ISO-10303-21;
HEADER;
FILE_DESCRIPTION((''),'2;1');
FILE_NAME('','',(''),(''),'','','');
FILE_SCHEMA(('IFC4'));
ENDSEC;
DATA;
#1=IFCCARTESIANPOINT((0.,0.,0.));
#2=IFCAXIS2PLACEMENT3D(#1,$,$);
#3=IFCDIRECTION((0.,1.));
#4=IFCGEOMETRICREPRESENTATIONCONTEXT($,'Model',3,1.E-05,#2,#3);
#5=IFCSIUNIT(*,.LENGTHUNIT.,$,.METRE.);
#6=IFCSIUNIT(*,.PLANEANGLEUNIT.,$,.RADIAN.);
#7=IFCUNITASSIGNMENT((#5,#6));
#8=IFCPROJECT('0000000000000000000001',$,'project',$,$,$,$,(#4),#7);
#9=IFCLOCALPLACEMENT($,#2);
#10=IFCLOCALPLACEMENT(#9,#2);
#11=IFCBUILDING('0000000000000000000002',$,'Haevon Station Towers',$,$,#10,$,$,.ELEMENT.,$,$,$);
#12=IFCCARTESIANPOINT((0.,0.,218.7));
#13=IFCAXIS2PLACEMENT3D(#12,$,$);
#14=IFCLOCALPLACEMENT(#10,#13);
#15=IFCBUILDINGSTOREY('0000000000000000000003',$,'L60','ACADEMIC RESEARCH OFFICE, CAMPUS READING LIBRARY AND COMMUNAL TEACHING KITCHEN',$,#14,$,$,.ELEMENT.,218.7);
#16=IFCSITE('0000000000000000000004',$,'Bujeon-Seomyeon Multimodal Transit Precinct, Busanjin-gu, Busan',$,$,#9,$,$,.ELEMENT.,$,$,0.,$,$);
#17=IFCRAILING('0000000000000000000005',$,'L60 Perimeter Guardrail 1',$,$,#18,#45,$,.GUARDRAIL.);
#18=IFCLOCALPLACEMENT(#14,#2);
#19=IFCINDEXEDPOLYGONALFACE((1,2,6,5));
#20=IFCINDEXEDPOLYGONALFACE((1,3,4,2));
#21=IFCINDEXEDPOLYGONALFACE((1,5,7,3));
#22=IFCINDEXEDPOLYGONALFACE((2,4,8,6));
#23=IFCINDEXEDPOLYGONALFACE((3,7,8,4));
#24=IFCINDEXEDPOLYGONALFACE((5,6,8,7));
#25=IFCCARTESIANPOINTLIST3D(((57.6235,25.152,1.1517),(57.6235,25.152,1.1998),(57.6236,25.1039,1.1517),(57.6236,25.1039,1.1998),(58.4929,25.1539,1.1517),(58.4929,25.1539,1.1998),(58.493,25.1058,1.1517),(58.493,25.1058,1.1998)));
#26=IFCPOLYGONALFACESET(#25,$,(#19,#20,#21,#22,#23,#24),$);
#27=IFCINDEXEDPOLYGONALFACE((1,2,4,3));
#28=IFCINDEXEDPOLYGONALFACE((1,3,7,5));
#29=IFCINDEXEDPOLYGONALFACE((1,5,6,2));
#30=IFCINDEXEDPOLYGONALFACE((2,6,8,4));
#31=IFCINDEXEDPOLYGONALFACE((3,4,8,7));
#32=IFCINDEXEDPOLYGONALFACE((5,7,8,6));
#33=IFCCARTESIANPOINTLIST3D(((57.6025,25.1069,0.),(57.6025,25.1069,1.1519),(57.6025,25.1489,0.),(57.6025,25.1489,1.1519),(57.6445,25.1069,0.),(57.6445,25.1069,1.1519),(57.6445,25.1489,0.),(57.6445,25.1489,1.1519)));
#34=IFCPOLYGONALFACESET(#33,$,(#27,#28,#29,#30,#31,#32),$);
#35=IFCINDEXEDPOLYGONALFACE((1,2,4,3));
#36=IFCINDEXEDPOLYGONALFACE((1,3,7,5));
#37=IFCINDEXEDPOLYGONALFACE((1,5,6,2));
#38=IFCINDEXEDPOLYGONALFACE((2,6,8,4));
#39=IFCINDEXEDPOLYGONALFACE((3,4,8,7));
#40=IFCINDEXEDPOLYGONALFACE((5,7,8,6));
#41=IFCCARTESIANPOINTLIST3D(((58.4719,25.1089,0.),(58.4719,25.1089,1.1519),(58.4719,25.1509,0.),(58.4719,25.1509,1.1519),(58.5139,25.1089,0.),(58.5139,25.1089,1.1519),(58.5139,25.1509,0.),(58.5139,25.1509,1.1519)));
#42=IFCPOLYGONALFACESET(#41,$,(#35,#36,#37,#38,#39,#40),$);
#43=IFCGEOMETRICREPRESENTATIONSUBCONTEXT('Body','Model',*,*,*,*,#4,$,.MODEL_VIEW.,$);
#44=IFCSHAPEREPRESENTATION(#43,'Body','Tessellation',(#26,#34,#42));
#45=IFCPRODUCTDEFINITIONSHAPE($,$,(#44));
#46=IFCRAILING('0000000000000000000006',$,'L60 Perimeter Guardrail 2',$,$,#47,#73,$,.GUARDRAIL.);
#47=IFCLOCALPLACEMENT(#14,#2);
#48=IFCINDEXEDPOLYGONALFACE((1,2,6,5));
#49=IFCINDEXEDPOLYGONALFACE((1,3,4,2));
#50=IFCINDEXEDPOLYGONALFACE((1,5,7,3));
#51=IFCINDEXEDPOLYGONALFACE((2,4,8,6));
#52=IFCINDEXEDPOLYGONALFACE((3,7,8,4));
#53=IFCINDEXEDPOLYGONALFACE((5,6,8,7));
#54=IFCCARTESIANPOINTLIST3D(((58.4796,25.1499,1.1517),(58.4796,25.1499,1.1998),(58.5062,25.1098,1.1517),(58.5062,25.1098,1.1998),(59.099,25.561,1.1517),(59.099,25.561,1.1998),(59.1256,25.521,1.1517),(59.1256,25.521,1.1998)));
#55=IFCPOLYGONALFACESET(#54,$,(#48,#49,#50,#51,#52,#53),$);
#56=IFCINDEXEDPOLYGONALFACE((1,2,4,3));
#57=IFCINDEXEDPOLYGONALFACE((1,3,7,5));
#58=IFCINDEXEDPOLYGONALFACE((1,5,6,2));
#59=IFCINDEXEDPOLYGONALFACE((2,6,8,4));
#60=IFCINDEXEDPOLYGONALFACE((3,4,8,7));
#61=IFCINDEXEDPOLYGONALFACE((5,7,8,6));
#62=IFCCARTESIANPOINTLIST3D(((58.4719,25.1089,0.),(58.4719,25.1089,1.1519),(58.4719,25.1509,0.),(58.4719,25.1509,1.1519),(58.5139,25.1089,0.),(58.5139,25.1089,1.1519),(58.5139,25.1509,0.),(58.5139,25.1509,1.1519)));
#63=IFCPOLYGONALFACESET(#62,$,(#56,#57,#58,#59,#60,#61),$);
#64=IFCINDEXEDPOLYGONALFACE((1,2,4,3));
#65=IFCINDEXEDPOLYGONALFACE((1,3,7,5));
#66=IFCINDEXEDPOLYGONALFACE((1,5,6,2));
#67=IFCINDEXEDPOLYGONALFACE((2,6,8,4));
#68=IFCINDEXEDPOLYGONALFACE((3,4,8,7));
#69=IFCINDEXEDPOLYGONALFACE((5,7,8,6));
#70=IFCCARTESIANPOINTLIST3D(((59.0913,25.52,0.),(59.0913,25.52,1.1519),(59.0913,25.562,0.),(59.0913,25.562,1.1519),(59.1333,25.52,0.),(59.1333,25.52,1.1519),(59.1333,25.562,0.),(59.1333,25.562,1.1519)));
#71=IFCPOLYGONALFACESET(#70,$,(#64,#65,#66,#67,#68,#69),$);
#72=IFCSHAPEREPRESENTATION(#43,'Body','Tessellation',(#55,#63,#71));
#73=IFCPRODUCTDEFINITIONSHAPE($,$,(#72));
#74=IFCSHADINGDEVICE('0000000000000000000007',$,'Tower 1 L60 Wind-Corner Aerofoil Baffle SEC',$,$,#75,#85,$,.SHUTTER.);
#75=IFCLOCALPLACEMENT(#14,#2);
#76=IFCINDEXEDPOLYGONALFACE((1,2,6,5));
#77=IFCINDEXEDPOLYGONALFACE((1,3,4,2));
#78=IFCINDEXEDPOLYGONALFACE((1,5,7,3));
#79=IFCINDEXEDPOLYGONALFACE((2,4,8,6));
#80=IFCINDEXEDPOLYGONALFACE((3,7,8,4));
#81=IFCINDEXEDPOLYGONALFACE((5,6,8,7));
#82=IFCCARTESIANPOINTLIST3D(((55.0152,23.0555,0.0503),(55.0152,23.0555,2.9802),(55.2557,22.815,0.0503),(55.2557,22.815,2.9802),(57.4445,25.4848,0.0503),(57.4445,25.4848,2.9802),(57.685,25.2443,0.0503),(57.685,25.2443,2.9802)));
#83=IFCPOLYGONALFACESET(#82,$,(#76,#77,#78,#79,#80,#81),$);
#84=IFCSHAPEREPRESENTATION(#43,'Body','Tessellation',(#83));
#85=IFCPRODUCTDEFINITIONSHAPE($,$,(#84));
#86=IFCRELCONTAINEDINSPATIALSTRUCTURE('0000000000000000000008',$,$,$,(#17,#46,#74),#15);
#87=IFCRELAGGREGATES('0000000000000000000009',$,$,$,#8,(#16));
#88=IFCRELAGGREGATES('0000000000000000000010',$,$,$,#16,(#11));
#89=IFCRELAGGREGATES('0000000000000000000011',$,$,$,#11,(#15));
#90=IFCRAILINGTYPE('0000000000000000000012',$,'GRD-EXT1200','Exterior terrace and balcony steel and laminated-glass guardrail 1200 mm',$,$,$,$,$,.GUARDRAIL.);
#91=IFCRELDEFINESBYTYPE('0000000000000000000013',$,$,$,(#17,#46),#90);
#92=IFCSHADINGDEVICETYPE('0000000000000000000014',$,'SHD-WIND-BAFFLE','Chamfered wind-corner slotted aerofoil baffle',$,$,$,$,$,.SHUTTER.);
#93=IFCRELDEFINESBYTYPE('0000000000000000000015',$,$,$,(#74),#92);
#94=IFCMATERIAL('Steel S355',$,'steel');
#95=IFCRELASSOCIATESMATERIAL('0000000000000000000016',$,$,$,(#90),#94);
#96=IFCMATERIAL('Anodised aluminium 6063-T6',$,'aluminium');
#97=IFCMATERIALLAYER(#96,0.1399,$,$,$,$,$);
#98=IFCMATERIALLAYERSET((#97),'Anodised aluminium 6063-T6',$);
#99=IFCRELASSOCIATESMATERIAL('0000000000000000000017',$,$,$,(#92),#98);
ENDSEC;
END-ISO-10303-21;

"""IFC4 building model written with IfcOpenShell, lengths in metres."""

from ifc_helpers import new_model, si_unit, direction, frame, origin, origin_2d, place, context, subcontext, project, spatial, rectangle, extrude, material, layer, layer_set, type_object, element, save


model = new_model("IFC4")

# Units and contexts
model_context = context("Model", 3, precision=1e-05, world=origin(), true_north=direction((0.0, 1.0)))
body_context = subcontext(model_context, "Body", "Model", "MODEL_VIEW")
ifc_project = project(units=[si_unit("LENGTHUNIT", "METRE"), si_unit("PLANEANGLEUNIT", "RADIAN")], contexts=[model_context])

# Site, building, storey
site_placement = place(None, origin())
site = spatial("IfcSite", under=ifc_project, at=site_placement, Name="Bujeon-Seomyeon Multimodal Transit Precinct, Busanjin-gu, Busan", CompositionType="ELEMENT", RefElevation=0.0)
building_placement = place(site_placement, origin())
building = spatial("IfcBuilding", under=site, at=building_placement, Name="Haevon Station Towers", CompositionType="ELEMENT")
storey_placement = place(building_placement, frame((0.0, 0.0, 218.7)))
storey = spatial("IfcBuildingStorey", under=building, at=storey_placement, Name="L60", Description="ACADEMIC RESEARCH OFFICE, CAMPUS READING LIBRARY AND COMMUNAL TEACHING KITCHEN", CompositionType="ELEMENT", Elevation=218.7)

# Shared definitions
ifc_material_1 = material(Name="Steel S355", Category="steel")

# Railings
railing_type = type_object("IfcRailingType", Name="GRD-EXT1200", Description="Exterior terrace and balcony steel and laminated-glass guardrail 1200 mm", PredefinedType="GUARDRAIL", material=ifc_material_1)
railing_1_placement = place(storey_placement, frame((57.6235, 25.1279, 0.0)))
element("IfcRailing", 1, at=railing_1_placement, inside=storey, type_object=railing_type, Name="L60 Perimeter Guardrail 1", PredefinedType="GUARDRAIL", context=body_context, shape_type="SweptSolid", body=[
    extrude(rectangle(XDim=0.0481, YDim=0.0481, at=origin_2d()), frame((0.0, 0.0, 1.1758), z_axis=(0.999997, 0.002247, 0.0), x_axis=(-0.002247, 0.999997, 0.0)), (0.0, 0.0, 1.0), 0.8694),
    extrude(rectangle(XDim=0.042, YDim=0.042, at=origin_2d()), origin(), (0.0, 0.0, 1.0), 1.1519),
    extrude(rectangle(XDim=0.042, YDim=0.042, at=origin_2d()), frame((0.8694, 0.002, 0.0)), (0.0, 0.0, 1.0), 1.1519),
])
railing_2_placement = place(storey_placement, frame((58.4929, 25.1299, 0.0)))
element("IfcRailing", 2, at=railing_2_placement, inside=storey, type_object=railing_type, Name="L60 Perimeter Guardrail 2", PredefinedType="GUARDRAIL", context=body_context, shape_type="SweptSolid", body=[
    extrude(rectangle(XDim=0.0481, YDim=0.0481, at=origin_2d()), frame((0.0, 0.0, 1.1758), z_axis=(0.83316, 0.553032, 0.0), x_axis=(-0.553032, 0.83316, 0.0)), (0.0, 0.0, 1.0), 0.7434),
    extrude(rectangle(XDim=0.042, YDim=0.042, at=origin_2d()), origin(), (0.0, 0.0, 1.0), 1.1519),
    extrude(rectangle(XDim=0.042, YDim=0.042, at=origin_2d()), frame((0.6194, 0.4111, 0.0)), (0.0, 0.0, 1.0), 1.1519),
])

# Shading device
ifc_material_2 = material(Name="Anodised aluminium 6063-T6", Category="aluminium")
ifc_layer_1 = layer(ifc_material_2, 0.1399)
ifc_layer_set_1 = layer_set([ifc_layer_1], Name="Anodised aluminium 6063-T6")
shading_device_type = type_object("IfcShadingDeviceType", Name="SHD-WIND-BAFFLE", Description="Chamfered wind-corner slotted aerofoil baffle", PredefinedType="SHUTTER", material=ifc_layer_set_1)
shading_device_placement = place(storey_placement, frame((56.3501, 24.1499, 0.0503), z_axis=(0.0, 0.0, 1.0), x_axis=(-0.707107, -0.707107, 0.0)))
element("IfcShadingDevice", 3, at=shading_device_placement, inside=storey, type_object=shading_device_type, Name="Tower 1 L60 Wind-Corner Aerofoil Baffle SEC", PredefinedType="SHUTTER", context=body_context, shape_type="SweptSolid", body=[
    extrude(rectangle(XDim=3.4355, YDim=0.3401, at=origin_2d()), origin(), (0.0, 0.0, 1.0), 2.9299),
])

save(model, "model.ifc")
